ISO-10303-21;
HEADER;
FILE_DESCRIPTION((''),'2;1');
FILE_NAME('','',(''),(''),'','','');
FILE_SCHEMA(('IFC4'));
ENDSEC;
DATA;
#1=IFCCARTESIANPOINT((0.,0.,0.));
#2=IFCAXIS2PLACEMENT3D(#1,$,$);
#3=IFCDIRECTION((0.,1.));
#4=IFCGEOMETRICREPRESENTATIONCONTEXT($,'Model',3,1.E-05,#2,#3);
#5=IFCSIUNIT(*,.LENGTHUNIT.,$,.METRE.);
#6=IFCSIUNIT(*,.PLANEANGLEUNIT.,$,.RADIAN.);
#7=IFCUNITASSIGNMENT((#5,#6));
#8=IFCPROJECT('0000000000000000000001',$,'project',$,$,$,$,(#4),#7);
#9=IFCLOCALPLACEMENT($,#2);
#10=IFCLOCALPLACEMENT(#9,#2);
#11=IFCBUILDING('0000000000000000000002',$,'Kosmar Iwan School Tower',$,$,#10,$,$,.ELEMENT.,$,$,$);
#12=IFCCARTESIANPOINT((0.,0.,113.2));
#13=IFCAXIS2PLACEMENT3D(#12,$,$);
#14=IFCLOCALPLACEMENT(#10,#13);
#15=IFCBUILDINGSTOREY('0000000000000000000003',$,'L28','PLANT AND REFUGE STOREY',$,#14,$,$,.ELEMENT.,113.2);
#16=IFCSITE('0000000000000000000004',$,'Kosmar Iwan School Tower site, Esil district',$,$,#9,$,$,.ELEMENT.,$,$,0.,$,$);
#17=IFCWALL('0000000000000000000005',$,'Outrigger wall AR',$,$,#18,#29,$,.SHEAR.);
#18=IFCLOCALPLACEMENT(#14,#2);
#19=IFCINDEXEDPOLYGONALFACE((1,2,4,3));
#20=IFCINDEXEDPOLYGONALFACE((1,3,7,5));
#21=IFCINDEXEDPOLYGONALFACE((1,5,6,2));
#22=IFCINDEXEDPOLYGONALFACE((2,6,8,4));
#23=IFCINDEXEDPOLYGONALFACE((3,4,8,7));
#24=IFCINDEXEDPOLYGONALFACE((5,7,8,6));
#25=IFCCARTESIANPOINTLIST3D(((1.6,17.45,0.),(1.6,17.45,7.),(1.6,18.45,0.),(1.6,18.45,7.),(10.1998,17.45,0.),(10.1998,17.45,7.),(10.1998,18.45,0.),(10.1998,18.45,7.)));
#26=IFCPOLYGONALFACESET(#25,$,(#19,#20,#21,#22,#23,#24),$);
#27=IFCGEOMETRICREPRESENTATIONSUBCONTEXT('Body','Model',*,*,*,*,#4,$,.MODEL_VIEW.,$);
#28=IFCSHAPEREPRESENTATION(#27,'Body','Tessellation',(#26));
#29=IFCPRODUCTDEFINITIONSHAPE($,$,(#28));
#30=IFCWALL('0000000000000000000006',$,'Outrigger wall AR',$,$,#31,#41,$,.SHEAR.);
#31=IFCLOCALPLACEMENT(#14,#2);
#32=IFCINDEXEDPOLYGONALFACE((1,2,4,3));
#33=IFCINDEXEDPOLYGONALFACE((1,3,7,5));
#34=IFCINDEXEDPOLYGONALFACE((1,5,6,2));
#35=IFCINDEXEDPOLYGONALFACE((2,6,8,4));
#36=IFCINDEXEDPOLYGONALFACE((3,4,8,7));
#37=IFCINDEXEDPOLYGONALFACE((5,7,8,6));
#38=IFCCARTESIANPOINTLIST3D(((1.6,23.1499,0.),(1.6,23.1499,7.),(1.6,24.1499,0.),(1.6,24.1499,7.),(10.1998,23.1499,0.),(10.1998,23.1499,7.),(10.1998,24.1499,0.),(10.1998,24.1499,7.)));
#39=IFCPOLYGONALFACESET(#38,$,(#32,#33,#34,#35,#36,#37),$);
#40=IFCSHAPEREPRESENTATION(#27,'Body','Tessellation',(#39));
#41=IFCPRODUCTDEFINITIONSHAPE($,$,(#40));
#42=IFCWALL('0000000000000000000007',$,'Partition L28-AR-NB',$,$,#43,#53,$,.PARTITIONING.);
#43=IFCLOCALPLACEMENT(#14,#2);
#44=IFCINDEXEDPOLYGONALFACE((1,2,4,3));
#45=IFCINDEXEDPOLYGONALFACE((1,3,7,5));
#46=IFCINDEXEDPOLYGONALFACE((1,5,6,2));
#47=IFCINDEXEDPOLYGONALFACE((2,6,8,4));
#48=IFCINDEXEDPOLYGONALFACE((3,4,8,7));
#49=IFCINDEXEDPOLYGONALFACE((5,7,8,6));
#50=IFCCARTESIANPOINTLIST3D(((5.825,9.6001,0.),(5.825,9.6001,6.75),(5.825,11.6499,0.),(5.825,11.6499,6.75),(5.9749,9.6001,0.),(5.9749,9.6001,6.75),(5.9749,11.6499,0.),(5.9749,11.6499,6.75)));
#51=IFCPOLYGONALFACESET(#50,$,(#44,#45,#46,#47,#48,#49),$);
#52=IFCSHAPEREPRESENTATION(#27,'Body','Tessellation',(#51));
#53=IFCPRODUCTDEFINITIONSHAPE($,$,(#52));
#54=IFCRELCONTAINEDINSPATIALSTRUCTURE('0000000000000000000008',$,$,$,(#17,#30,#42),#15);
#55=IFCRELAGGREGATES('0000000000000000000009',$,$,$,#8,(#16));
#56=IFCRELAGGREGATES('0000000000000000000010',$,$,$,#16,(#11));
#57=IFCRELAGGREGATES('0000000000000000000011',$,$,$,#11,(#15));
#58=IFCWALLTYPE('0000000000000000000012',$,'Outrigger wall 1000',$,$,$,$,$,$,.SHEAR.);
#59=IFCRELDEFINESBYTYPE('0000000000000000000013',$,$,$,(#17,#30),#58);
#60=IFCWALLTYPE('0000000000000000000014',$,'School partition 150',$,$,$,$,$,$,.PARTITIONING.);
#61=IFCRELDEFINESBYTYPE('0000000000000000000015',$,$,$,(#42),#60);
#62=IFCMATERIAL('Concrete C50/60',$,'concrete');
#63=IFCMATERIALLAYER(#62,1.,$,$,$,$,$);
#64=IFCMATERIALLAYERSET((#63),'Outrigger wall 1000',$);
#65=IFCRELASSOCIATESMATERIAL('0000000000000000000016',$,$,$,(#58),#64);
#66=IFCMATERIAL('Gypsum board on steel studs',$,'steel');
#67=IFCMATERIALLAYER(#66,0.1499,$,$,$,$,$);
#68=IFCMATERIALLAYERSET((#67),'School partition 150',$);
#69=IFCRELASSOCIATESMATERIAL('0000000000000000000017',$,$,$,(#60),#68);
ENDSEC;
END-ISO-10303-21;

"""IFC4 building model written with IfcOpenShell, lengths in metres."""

from ifc_helpers import new_model, si_unit, direction, frame, frame_2d, origin, place, context, subcontext, project, spatial, rectangle, extrude, material, layer, layer_set, type_object, element, save


model = new_model("IFC4")

# Units and contexts
model_context = context("Model", 3, precision=1e-05, world=origin(), true_north=direction((0.0, 1.0)))
body_context = subcontext(model_context, "Body", "Model", "MODEL_VIEW")
ifc_project = project(units=[si_unit("LENGTHUNIT", "METRE"), si_unit("PLANEANGLEUNIT", "RADIAN")], contexts=[model_context])

# Site, building, storey
site_placement = place(None, origin())
site = spatial("IfcSite", under=ifc_project, at=site_placement, Name="Kosmar Iwan School Tower site, Esil district", CompositionType="ELEMENT", RefElevation=0.0)
building_placement = place(site_placement, origin())
building = spatial("IfcBuilding", under=site, at=building_placement, Name="Kosmar Iwan School Tower", CompositionType="ELEMENT")
storey_placement = place(building_placement, frame((0.0, 0.0, 113.2)))
storey = spatial("IfcBuildingStorey", under=building, at=storey_placement, Name="L28", Description="PLANT AND REFUGE STOREY", CompositionType="ELEMENT", Elevation=113.2)

# Walls
ifc_material_1 = material(Name="Concrete C50/60", Category="concrete")
ifc_layer_1 = layer(ifc_material_1, 1.0)
ifc_layer_set_1 = layer_set([ifc_layer_1], Name="Outrigger wall 1000")
wall_type_1 = type_object("IfcWallType", Name="Outrigger wall 1000", PredefinedType="SHEAR", material=ifc_layer_set_1)
for number, where, z_axis, x_axis, name in (
    (1, (1.6001, 17.95, 0.0), (0.0, 0.0, 1.0), (1.0, 0.0, 0.0), "Outrigger wall AR"),
    (2, (1.6001, 23.6499, 0.0), (0.0, 0.0, 1.0), (1.0, 0.0, 0.0), "Outrigger wall AR"),
):
    element("IfcWall", number, at=place(storey_placement, frame(where, z_axis=z_axis, x_axis=x_axis)), inside=storey, type_object=wall_type_1, Name=name, PredefinedType="SHEAR", context=body_context, shape_type="SweptSolid", body=[
        extrude(rectangle(XDim=8.5999, YDim=1.0, at=frame_2d((4.2998, 0.0))), origin(), (0.0, 0.0, 1.0), 7.0),
    ])
ifc_material_2 = material(Name="Gypsum board on steel studs", Category="steel")
ifc_layer_2 = layer(ifc_material_2, 0.1499)
ifc_layer_set_2 = layer_set([ifc_layer_2], Name="School partition 150")
wall_type_2 = type_object("IfcWallType", Name="School partition 150", PredefinedType="PARTITIONING", material=ifc_layer_set_2)
wall_1_placement = place(storey_placement, frame((5.8999, 9.6001, 0.0), z_axis=(0.0, 0.0, 1.0), x_axis=(0.0, 1.0, 0.0)))
element("IfcWall", 3, at=wall_1_placement, inside=storey, type_object=wall_type_2, Name="Partition L28-AR-NB", PredefinedType="PARTITIONING", context=body_context, shape_type="SweptSolid", body=[
    extrude(rectangle(XDim=2.0498, YDim=0.1499, at=frame_2d((1.0249, 0.0))), origin(), (0.0, 0.0, 1.0), 6.75),
])

save(model, "model.ifc")
